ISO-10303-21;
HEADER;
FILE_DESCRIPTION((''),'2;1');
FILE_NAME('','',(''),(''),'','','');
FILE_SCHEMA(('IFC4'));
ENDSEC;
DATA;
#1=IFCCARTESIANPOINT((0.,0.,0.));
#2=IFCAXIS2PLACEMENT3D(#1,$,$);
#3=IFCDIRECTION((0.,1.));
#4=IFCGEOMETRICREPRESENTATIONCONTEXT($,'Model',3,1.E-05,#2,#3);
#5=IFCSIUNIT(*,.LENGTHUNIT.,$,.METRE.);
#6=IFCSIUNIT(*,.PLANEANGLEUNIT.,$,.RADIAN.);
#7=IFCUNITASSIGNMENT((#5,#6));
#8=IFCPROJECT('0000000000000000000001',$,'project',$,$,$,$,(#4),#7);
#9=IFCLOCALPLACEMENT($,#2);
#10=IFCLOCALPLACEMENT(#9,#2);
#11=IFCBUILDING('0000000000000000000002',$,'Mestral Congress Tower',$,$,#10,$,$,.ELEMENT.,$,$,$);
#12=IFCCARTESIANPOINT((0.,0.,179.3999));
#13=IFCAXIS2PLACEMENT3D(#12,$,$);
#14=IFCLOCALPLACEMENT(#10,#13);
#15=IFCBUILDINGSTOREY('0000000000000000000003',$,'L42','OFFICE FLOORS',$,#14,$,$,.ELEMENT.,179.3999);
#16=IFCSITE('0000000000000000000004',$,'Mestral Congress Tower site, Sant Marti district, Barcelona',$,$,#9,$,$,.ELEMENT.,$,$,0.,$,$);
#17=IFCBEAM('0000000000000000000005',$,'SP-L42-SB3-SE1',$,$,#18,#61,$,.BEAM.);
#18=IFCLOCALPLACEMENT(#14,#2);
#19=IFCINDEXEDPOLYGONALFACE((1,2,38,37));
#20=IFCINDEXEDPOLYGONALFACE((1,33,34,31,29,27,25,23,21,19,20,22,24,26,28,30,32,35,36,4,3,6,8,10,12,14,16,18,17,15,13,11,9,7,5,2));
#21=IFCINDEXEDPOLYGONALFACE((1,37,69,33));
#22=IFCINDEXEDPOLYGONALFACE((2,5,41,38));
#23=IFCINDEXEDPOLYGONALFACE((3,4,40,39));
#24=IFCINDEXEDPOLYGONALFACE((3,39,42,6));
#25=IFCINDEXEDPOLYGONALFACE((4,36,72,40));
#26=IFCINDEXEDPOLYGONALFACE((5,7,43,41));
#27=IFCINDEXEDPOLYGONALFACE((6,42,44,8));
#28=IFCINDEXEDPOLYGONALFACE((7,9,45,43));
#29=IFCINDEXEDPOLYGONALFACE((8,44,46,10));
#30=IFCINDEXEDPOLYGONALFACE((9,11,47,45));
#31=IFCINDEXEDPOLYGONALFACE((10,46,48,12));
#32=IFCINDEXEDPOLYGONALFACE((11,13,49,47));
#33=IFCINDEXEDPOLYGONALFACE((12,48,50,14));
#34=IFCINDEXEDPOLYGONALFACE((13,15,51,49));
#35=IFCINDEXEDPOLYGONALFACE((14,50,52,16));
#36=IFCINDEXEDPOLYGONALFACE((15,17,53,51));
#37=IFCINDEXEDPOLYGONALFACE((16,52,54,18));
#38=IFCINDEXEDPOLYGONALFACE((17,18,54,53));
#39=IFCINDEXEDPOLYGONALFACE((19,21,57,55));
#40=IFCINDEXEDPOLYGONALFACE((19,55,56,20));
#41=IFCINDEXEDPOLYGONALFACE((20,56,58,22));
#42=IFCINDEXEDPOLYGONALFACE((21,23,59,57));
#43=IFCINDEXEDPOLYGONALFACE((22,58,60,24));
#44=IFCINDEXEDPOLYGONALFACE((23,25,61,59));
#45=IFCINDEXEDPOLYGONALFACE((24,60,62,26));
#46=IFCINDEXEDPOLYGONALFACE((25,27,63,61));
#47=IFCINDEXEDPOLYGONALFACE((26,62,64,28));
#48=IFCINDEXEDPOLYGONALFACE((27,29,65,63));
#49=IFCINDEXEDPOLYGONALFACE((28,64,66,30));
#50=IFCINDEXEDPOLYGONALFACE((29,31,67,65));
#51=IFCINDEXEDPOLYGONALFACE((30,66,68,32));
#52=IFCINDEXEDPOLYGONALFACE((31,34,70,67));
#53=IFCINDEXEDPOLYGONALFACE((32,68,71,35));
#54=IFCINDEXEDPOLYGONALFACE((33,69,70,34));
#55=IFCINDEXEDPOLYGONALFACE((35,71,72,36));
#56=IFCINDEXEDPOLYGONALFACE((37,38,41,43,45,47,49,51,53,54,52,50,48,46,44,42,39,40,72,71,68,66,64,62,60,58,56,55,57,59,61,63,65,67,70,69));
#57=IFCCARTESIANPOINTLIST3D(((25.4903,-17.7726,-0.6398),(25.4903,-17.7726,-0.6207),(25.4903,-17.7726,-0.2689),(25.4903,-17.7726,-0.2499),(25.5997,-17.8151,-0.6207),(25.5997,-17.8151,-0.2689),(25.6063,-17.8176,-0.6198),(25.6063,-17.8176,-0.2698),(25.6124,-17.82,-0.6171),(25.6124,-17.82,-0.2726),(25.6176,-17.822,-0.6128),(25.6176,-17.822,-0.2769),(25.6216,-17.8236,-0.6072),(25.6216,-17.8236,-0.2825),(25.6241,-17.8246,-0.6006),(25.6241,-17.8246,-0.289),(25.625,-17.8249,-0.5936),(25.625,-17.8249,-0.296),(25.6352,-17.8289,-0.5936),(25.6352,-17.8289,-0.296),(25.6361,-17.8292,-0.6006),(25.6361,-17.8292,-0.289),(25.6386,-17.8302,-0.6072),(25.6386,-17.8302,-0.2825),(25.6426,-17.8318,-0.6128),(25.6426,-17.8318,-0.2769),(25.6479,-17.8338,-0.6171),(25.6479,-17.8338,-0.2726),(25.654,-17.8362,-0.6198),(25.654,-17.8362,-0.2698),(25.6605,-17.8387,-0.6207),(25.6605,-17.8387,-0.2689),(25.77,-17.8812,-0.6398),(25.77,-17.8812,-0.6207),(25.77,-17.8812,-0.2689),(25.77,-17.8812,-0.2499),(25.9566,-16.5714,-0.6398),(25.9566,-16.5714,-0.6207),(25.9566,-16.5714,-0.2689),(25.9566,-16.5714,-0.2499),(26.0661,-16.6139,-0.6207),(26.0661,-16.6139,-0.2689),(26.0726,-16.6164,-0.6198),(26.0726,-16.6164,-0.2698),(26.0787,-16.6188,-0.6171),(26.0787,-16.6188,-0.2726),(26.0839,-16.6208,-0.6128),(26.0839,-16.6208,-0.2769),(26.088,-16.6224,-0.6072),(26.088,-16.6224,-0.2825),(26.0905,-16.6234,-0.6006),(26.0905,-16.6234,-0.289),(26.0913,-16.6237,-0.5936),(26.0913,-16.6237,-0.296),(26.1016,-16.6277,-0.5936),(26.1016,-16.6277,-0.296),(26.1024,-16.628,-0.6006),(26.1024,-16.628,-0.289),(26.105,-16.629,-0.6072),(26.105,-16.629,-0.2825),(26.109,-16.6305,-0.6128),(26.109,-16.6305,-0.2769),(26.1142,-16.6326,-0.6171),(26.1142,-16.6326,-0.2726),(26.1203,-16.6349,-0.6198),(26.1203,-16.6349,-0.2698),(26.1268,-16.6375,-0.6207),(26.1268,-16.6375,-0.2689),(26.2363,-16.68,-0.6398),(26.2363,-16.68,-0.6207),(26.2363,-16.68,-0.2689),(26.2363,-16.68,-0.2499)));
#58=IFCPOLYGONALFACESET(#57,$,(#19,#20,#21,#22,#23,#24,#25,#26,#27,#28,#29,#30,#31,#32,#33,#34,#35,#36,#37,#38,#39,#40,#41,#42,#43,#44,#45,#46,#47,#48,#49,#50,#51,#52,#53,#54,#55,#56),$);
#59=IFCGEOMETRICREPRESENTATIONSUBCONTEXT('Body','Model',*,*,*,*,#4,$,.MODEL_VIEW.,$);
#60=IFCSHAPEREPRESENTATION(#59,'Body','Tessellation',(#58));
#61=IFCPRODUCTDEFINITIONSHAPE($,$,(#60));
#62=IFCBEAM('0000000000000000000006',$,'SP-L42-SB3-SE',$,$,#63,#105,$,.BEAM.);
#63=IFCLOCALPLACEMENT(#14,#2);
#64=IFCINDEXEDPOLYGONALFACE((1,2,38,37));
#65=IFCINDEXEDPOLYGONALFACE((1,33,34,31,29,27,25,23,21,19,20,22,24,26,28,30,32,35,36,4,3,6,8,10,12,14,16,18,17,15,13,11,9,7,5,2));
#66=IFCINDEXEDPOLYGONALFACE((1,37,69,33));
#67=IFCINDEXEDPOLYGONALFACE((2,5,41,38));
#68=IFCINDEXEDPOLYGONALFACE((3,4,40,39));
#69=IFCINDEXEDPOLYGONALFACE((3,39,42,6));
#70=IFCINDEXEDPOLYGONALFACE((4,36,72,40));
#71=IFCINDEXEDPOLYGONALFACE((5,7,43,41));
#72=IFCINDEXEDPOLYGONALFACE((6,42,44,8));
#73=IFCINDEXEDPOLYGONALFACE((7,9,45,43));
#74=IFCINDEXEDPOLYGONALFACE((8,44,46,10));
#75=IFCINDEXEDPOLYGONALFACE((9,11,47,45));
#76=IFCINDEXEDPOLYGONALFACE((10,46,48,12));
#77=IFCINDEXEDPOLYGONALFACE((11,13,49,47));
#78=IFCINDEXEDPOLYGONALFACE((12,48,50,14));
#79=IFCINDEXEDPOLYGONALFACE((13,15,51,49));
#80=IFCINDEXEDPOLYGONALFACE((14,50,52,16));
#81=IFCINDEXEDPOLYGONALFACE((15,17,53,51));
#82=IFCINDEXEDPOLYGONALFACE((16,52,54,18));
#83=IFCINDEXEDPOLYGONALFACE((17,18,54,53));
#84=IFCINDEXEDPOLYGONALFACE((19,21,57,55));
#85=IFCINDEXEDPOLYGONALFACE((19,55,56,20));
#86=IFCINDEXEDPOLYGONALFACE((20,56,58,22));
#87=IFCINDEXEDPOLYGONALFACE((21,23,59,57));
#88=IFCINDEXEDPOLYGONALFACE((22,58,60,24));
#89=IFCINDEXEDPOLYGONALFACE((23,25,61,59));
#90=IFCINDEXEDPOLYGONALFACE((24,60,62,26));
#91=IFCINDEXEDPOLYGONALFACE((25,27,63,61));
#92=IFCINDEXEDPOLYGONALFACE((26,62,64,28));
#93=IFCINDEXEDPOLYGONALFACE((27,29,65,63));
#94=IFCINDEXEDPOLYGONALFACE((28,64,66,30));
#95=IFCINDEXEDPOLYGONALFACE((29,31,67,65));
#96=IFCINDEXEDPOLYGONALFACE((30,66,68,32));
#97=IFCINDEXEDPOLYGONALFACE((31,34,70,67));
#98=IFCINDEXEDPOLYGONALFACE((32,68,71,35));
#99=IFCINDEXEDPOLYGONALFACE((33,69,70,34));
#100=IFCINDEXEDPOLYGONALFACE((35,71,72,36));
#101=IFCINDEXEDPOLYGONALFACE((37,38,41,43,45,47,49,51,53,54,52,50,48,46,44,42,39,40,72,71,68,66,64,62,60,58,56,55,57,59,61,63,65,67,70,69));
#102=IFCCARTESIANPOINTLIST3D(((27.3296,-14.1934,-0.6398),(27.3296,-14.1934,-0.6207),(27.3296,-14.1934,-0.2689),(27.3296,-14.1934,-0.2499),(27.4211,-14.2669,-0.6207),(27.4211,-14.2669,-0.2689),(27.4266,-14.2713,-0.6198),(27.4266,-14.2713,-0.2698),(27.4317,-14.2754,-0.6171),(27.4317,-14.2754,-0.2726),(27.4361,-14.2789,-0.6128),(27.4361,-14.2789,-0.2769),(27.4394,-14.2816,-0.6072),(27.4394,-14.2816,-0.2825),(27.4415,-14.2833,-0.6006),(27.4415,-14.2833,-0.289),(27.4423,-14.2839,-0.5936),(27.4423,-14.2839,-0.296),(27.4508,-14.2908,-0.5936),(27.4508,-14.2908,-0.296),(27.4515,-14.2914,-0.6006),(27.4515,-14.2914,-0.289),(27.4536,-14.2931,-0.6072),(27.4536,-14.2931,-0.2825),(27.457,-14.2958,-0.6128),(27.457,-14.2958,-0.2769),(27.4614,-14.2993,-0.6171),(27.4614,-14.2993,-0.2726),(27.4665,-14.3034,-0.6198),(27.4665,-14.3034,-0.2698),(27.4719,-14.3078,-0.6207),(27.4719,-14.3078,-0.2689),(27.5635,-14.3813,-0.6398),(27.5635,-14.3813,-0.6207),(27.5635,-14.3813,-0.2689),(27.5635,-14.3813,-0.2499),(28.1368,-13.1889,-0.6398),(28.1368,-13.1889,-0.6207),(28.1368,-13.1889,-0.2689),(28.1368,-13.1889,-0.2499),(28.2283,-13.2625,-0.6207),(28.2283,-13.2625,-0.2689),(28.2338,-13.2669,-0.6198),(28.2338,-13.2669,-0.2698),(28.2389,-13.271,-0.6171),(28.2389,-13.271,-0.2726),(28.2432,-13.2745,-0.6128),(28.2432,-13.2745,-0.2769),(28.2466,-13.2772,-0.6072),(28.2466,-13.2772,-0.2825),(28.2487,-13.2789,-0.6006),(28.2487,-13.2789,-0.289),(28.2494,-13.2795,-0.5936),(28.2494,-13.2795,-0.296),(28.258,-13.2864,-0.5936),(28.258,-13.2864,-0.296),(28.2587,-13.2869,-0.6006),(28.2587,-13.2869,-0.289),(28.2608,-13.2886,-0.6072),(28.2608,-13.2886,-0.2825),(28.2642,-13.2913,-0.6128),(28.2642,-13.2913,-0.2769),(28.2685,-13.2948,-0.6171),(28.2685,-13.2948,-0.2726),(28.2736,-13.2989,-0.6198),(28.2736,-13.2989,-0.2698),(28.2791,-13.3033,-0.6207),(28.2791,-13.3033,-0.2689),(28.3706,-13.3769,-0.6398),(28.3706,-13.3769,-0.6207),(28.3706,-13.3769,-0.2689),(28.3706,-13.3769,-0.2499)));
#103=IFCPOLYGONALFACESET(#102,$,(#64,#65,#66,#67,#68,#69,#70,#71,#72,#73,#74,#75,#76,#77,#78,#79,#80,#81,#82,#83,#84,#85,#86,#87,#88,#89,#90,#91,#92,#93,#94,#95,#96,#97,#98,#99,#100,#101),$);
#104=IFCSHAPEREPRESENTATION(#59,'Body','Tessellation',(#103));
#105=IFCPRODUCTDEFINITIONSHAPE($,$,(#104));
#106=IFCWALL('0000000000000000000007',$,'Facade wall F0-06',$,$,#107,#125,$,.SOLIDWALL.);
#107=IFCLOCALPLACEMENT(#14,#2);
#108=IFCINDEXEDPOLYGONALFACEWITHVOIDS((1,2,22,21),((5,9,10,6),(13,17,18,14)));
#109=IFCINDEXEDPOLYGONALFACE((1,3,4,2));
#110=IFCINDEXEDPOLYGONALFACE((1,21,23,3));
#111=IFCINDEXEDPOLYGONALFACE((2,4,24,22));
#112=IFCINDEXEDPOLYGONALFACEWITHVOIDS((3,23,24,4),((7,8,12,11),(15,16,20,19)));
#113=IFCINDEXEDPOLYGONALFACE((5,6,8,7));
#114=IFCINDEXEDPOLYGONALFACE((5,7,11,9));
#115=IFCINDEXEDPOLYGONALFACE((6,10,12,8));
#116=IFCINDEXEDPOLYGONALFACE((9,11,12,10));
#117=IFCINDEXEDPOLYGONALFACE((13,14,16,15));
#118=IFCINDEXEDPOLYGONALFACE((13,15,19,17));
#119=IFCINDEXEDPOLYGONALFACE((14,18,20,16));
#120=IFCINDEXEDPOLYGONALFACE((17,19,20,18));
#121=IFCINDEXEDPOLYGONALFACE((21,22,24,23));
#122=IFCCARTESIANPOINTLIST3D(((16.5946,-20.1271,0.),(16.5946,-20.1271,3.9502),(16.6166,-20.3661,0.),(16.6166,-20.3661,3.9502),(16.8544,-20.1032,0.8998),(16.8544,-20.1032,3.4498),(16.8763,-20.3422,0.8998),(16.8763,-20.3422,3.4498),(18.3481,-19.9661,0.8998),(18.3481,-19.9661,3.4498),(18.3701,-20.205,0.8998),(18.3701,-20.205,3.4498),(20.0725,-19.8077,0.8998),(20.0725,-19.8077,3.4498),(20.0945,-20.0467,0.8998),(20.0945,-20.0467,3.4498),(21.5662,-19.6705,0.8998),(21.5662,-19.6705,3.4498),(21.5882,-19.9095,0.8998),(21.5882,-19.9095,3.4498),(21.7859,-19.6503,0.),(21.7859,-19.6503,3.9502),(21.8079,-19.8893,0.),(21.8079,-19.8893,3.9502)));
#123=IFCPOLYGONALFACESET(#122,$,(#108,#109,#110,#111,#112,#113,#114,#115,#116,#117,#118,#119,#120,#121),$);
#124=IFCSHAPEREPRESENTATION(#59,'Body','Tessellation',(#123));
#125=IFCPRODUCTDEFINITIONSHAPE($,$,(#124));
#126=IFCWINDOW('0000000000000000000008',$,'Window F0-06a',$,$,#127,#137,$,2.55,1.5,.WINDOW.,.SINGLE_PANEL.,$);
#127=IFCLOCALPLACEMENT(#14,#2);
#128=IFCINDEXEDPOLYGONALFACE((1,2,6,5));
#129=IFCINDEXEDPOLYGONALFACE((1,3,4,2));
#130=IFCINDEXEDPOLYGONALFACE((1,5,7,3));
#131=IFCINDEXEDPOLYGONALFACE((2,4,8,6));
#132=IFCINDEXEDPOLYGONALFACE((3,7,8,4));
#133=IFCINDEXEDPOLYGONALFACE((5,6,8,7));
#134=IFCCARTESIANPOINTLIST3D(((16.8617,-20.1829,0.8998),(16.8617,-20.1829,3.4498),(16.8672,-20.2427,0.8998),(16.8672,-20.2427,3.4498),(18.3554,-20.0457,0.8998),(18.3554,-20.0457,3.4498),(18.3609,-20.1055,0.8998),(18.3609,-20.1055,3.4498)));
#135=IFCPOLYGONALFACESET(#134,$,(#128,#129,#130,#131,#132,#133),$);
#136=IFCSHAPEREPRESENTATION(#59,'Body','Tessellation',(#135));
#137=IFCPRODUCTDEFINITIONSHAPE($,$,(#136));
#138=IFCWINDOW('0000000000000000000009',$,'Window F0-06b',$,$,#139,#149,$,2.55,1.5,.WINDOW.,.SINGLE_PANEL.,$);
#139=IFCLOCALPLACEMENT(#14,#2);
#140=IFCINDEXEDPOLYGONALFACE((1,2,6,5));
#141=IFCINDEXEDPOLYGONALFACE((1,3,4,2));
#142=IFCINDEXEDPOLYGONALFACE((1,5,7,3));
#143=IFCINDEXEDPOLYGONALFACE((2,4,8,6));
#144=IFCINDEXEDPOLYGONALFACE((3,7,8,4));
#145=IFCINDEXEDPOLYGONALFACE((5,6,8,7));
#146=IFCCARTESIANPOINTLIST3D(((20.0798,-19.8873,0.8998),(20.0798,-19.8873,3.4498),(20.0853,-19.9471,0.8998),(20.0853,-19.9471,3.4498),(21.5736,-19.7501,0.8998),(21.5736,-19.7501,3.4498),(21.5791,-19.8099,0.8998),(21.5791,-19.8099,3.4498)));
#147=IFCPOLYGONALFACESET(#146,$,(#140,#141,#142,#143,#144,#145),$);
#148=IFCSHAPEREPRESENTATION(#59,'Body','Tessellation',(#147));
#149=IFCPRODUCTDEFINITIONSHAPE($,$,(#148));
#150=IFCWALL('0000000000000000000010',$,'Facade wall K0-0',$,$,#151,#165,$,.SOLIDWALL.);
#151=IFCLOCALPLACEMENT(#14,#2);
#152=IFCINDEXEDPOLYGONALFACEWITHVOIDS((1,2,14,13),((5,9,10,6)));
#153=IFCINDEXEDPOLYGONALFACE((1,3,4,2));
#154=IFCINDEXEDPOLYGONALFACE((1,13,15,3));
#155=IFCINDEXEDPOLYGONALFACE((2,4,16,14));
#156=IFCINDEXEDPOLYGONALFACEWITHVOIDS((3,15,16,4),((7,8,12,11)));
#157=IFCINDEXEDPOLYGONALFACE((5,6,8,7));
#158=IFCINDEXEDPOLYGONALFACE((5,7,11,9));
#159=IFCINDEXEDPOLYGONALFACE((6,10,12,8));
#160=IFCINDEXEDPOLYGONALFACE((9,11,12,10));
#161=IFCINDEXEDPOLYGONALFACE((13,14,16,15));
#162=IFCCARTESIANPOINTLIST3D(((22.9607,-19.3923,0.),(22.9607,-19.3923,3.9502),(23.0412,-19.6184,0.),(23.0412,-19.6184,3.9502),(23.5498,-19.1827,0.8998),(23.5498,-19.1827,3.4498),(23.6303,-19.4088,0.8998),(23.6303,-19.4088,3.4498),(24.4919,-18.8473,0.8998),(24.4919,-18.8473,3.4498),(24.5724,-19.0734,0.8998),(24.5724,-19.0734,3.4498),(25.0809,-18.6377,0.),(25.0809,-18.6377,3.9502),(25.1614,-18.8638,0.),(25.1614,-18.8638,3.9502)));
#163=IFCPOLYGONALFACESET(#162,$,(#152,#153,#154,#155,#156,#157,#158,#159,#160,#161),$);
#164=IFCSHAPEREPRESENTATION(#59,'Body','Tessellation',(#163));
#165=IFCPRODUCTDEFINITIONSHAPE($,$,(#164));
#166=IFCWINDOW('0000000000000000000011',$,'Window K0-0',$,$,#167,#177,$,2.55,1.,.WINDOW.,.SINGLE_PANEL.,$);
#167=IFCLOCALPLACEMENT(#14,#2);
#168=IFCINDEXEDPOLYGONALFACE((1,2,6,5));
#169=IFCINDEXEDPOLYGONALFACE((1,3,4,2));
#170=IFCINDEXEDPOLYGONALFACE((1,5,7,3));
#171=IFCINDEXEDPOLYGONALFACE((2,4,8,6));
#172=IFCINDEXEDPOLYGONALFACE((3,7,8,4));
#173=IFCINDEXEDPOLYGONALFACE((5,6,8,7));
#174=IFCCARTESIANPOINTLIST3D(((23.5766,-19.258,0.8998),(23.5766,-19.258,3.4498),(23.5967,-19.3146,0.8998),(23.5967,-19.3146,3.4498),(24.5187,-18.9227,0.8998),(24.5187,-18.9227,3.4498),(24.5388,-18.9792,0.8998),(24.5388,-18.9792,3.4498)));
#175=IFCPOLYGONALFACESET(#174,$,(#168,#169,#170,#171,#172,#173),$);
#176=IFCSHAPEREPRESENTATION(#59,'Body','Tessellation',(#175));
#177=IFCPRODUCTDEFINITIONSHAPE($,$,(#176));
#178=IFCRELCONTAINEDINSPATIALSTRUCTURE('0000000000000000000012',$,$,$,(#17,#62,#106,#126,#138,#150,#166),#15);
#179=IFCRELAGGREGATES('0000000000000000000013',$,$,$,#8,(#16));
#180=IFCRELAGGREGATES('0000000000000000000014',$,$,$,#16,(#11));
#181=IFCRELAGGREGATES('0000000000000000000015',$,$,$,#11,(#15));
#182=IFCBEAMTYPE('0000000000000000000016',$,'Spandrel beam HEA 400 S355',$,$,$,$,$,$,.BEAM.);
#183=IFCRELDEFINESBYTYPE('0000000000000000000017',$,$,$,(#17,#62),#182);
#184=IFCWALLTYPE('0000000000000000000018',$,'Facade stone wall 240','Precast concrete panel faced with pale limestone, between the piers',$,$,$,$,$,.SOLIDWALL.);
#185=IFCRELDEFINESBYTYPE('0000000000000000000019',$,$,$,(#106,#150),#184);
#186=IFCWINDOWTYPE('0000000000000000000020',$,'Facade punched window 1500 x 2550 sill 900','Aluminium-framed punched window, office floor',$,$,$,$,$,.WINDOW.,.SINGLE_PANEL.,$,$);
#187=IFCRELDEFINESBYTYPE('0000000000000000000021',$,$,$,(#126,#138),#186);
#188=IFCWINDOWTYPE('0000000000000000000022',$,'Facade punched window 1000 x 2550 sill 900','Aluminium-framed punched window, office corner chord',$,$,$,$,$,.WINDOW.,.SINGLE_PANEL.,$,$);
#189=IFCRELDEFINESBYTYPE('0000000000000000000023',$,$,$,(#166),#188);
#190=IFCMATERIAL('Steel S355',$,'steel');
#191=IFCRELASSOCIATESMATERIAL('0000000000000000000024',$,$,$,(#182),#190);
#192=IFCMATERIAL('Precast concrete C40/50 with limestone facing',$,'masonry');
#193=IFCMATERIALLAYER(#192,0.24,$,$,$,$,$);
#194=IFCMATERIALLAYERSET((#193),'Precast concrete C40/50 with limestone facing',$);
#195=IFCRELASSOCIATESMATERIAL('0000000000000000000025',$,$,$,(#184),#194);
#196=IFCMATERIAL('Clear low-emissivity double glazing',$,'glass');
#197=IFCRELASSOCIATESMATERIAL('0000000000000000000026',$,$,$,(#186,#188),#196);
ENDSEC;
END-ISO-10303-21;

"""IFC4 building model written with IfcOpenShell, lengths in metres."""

from ifc_helpers import new_model, si_unit, direction, frame, frame_2d, origin, origin_2d, place, context, subcontext, project, spatial, rectangle, i_section, extrude, material, layer, layer_set, material_profile, profile_set, type_object, element, fill, save


model = new_model("IFC4")

# Units and contexts
model_context = context("Model", 3, precision=1e-05, world=origin(), true_north=direction((0.0, 1.0)))
body_context = subcontext(model_context, "Body", "Model", "MODEL_VIEW")
ifc_project = project(units=[si_unit("LENGTHUNIT", "METRE"), si_unit("PLANEANGLEUNIT", "RADIAN")], contexts=[model_context])

# Site, building, storey
site_placement = place(None, origin())
site = spatial("IfcSite", under=ifc_project, at=site_placement, Name="Mestral Congress Tower site, Sant Marti district, Barcelona", CompositionType="ELEMENT", RefElevation=0.0)
building_placement = place(site_placement, origin())
building = spatial("IfcBuilding", under=site, at=building_placement, Name="Mestral Congress Tower", CompositionType="ELEMENT")
storey_placement = place(building_placement, frame((0.0, 0.0, 179.3999)))
storey = spatial("IfcBuildingStorey", under=building, at=storey_placement, Name="L42", Description="OFFICE FLOORS", CompositionType="ELEMENT", Elevation=179.3999)

# Beams
ifc_material_1 = material(Name="Steel S355", Category="steel")
ifc_material_profile_1 = material_profile(ifc_material_1, i_section(OverallWidth=0.3, OverallDepth=0.3899, WebThickness=0.011, FlangeThickness=0.019, FilletRadius=0.0271, at=origin_2d()), Name="HEA 400")
ifc_profile_set_1 = profile_set([ifc_material_profile_1], Name="Steel S355")
beam_type_1 = type_object("IfcBeamType", Name="Spandrel beam HEA 400 S355", PredefinedType="BEAM", material=ifc_profile_set_1)
for number, where, z_axis, x_axis, name in (
    (1, (25.6301, -17.8269, -0.4448), (0.361898, 0.932218, 0.0), (-0.932218, 0.361898, 0.0), "SP-L42-SB3-SE1"),
    (2, (27.4465, -14.2874, -0.4448), (0.626403, 0.779499, 0.0), (-0.779499, 0.626403, 0.0), "SP-L42-SB3-SE"),
):
    element("IfcBeam", number, at=place(storey_placement, frame(where, z_axis=z_axis, x_axis=x_axis)), inside=storey, type_object=beam_type_1, Name=name, PredefinedType="BEAM", context=body_context, shape_type="SweptSolid", body=[
        extrude(i_section(OverallWidth=0.3, OverallDepth=0.3899, WebThickness=0.011, FlangeThickness=0.019, FilletRadius=0.0271, at=origin_2d()), origin(), (0.0, 0.0, 1.0), 1.2886),
    ])

# Wall, openings, windows
ifc_material_2 = material(Name="Precast concrete C40/50 with limestone facing", Category="masonry")
ifc_layer = layer(ifc_material_2, 0.24)
ifc_layer_set = layer_set([ifc_layer], Name="Precast concrete C40/50 with limestone facing")
wall_type = type_object("IfcWallType", Name="Facade stone wall 240", Description="Precast concrete panel faced with pale limestone, between the piers", PredefinedType="SOLIDWALL", material=ifc_layer_set)
wall_1_placement = place(storey_placement, frame((16.6057, -20.2466, 0.0), z_axis=(0.0, 0.0, 1.0), x_axis=(0.995809, 0.09146, 0.0)))
wall_1 = element("IfcWall", 3, at=wall_1_placement, inside=storey, type_object=wall_type, Name="Facade wall F0-06", PredefinedType="SOLIDWALL", context=body_context, shape_type="SweptSolid", body=[
    extrude(rectangle(XDim=5.2131, YDim=0.24, at=frame_2d((2.6064, 0.0))), origin(), (0.0, 0.0, 1.0), 3.9502),
])
opening_1_placement = place(wall_1_placement, frame((0.2607, 0.0, 0.8999)))
opening_1 = element("IfcOpeningElement", 4, at=opening_1_placement, cuts=wall_1, PredefinedType="OPENING", context=body_context, shape_type="SweptSolid", body=[
    extrude(rectangle(XDim=1.5, YDim=2.55, at=frame_2d((0.75, 1.2749))), frame((0.0, 0.1299, 0.0), z_axis=(0.0, -1.0, 0.0), x_axis=(1.0, 0.0, 0.0)), (0.0, 0.0, 1.0), 0.26),
])
opening_2_placement = place(wall_1_placement, frame((3.4924, 0.0, 0.8999)))
opening_2 = element("IfcOpeningElement", 5, at=opening_2_placement, cuts=wall_1, PredefinedType="OPENING", context=body_context, shape_type="SweptSolid", body=[
    extrude(rectangle(XDim=1.5, YDim=2.55, at=frame_2d((0.75, 1.2749))), frame((0.0, 0.1299, 0.0), z_axis=(0.0, -1.0, 0.0), x_axis=(1.0, 0.0, 0.0)), (0.0, 0.0, 1.0), 0.26),
])
ifc_material_3 = material(Name="Clear low-emissivity double glazing", Category="glass")
window_type_1 = type_object("IfcWindowType", Name="Facade punched window 1500 x 2550 sill 900", Description="Aluminium-framed punched window, office floor", PartitioningType="SINGLE_PANEL", PredefinedType="WINDOW", material=ifc_material_3)
window_1_placement = place(opening_1_placement, origin())
window_1 = element("IfcWindow", 6, at=window_1_placement, inside=storey, type_object=window_type_1, Name="Window F0-06a", OverallHeight=2.55, OverallWidth=1.5, PartitioningType="SINGLE_PANEL", PredefinedType="WINDOW", context=body_context, shape_type="SweptSolid", body=[
    extrude(rectangle(XDim=1.5, YDim=2.55, at=frame_2d((0.75, 1.2749))), frame((0.0, 0.04, 0.0), z_axis=(0.0, -1.0, 0.0), x_axis=(1.0, 0.0, 0.0)), (0.0, 0.0, 1.0), 0.0601),
])
fill(opening_1, window_1)
window_2_placement = place(opening_2_placement, origin())
window_2 = element("IfcWindow", 7, at=window_2_placement, inside=storey, type_object=window_type_1, Name="Window F0-06b", OverallHeight=2.55, OverallWidth=1.5, PartitioningType="SINGLE_PANEL", PredefinedType="WINDOW", context=body_context, shape_type="SweptSolid", body=[
    extrude(rectangle(XDim=1.5, YDim=2.55, at=frame_2d((0.75, 1.2749))), frame((0.0, 0.04, 0.0), z_axis=(0.0, -1.0, 0.0), x_axis=(1.0, 0.0, 0.0)), (0.0, 0.0, 1.0), 0.0601),
])
fill(opening_2, window_2)

# Wall, opening, window
wall_2_placement = place(storey_placement, frame((23.001, -19.5054, 0.0), z_axis=(0.0, 0.0, 1.0), x_axis=(0.9421, 0.335333, 0.0)))
wall_2 = element("IfcWall", 8, at=wall_2_placement, inside=storey, type_object=wall_type, Name="Facade wall K0-0", PredefinedType="SOLIDWALL", context=body_context, shape_type="SweptSolid", body=[
    extrude(rectangle(XDim=2.2505, YDim=0.24, at=frame_2d((1.1252, 0.0))), origin(), (0.0, 0.0, 1.0), 3.9502),
])
opening_3_placement = place(wall_2_placement, frame((0.6252, 0.0, 0.8999)))
opening_3 = element("IfcOpeningElement", 9, at=opening_3_placement, cuts=wall_2, PredefinedType="OPENING", context=body_context, shape_type="SweptSolid", body=[
    extrude(rectangle(XDim=1.0, YDim=2.55, at=frame_2d((0.5, 1.2749))), frame((0.0, 0.1299, 0.0), z_axis=(0.0, -1.0, 0.0), x_axis=(1.0, 0.0, 0.0)), (0.0, 0.0, 1.0), 0.26),
])
window_type_2 = type_object("IfcWindowType", Name="Facade punched window 1000 x 2550 sill 900", Description="Aluminium-framed punched window, office corner chord", PartitioningType="SINGLE_PANEL", PredefinedType="WINDOW", material=ifc_material_3)
window_3_placement = place(opening_3_placement, origin())
window_3 = element("IfcWindow", 10, at=window_3_placement, inside=storey, type_object=window_type_2, Name="Window K0-0", OverallHeight=2.55, OverallWidth=1.0, PartitioningType="SINGLE_PANEL", PredefinedType="WINDOW", context=body_context, shape_type="SweptSolid", body=[
    extrude(rectangle(XDim=1.0, YDim=2.55, at=frame_2d((0.5, 1.2749))), frame((0.0, 0.04, 0.0), z_axis=(0.0, -1.0, 0.0), x_axis=(1.0, 0.0, 0.0)), (0.0, 0.0, 1.0), 0.0601),
])
fill(opening_3, window_3)

save(model, "model.ifc")
